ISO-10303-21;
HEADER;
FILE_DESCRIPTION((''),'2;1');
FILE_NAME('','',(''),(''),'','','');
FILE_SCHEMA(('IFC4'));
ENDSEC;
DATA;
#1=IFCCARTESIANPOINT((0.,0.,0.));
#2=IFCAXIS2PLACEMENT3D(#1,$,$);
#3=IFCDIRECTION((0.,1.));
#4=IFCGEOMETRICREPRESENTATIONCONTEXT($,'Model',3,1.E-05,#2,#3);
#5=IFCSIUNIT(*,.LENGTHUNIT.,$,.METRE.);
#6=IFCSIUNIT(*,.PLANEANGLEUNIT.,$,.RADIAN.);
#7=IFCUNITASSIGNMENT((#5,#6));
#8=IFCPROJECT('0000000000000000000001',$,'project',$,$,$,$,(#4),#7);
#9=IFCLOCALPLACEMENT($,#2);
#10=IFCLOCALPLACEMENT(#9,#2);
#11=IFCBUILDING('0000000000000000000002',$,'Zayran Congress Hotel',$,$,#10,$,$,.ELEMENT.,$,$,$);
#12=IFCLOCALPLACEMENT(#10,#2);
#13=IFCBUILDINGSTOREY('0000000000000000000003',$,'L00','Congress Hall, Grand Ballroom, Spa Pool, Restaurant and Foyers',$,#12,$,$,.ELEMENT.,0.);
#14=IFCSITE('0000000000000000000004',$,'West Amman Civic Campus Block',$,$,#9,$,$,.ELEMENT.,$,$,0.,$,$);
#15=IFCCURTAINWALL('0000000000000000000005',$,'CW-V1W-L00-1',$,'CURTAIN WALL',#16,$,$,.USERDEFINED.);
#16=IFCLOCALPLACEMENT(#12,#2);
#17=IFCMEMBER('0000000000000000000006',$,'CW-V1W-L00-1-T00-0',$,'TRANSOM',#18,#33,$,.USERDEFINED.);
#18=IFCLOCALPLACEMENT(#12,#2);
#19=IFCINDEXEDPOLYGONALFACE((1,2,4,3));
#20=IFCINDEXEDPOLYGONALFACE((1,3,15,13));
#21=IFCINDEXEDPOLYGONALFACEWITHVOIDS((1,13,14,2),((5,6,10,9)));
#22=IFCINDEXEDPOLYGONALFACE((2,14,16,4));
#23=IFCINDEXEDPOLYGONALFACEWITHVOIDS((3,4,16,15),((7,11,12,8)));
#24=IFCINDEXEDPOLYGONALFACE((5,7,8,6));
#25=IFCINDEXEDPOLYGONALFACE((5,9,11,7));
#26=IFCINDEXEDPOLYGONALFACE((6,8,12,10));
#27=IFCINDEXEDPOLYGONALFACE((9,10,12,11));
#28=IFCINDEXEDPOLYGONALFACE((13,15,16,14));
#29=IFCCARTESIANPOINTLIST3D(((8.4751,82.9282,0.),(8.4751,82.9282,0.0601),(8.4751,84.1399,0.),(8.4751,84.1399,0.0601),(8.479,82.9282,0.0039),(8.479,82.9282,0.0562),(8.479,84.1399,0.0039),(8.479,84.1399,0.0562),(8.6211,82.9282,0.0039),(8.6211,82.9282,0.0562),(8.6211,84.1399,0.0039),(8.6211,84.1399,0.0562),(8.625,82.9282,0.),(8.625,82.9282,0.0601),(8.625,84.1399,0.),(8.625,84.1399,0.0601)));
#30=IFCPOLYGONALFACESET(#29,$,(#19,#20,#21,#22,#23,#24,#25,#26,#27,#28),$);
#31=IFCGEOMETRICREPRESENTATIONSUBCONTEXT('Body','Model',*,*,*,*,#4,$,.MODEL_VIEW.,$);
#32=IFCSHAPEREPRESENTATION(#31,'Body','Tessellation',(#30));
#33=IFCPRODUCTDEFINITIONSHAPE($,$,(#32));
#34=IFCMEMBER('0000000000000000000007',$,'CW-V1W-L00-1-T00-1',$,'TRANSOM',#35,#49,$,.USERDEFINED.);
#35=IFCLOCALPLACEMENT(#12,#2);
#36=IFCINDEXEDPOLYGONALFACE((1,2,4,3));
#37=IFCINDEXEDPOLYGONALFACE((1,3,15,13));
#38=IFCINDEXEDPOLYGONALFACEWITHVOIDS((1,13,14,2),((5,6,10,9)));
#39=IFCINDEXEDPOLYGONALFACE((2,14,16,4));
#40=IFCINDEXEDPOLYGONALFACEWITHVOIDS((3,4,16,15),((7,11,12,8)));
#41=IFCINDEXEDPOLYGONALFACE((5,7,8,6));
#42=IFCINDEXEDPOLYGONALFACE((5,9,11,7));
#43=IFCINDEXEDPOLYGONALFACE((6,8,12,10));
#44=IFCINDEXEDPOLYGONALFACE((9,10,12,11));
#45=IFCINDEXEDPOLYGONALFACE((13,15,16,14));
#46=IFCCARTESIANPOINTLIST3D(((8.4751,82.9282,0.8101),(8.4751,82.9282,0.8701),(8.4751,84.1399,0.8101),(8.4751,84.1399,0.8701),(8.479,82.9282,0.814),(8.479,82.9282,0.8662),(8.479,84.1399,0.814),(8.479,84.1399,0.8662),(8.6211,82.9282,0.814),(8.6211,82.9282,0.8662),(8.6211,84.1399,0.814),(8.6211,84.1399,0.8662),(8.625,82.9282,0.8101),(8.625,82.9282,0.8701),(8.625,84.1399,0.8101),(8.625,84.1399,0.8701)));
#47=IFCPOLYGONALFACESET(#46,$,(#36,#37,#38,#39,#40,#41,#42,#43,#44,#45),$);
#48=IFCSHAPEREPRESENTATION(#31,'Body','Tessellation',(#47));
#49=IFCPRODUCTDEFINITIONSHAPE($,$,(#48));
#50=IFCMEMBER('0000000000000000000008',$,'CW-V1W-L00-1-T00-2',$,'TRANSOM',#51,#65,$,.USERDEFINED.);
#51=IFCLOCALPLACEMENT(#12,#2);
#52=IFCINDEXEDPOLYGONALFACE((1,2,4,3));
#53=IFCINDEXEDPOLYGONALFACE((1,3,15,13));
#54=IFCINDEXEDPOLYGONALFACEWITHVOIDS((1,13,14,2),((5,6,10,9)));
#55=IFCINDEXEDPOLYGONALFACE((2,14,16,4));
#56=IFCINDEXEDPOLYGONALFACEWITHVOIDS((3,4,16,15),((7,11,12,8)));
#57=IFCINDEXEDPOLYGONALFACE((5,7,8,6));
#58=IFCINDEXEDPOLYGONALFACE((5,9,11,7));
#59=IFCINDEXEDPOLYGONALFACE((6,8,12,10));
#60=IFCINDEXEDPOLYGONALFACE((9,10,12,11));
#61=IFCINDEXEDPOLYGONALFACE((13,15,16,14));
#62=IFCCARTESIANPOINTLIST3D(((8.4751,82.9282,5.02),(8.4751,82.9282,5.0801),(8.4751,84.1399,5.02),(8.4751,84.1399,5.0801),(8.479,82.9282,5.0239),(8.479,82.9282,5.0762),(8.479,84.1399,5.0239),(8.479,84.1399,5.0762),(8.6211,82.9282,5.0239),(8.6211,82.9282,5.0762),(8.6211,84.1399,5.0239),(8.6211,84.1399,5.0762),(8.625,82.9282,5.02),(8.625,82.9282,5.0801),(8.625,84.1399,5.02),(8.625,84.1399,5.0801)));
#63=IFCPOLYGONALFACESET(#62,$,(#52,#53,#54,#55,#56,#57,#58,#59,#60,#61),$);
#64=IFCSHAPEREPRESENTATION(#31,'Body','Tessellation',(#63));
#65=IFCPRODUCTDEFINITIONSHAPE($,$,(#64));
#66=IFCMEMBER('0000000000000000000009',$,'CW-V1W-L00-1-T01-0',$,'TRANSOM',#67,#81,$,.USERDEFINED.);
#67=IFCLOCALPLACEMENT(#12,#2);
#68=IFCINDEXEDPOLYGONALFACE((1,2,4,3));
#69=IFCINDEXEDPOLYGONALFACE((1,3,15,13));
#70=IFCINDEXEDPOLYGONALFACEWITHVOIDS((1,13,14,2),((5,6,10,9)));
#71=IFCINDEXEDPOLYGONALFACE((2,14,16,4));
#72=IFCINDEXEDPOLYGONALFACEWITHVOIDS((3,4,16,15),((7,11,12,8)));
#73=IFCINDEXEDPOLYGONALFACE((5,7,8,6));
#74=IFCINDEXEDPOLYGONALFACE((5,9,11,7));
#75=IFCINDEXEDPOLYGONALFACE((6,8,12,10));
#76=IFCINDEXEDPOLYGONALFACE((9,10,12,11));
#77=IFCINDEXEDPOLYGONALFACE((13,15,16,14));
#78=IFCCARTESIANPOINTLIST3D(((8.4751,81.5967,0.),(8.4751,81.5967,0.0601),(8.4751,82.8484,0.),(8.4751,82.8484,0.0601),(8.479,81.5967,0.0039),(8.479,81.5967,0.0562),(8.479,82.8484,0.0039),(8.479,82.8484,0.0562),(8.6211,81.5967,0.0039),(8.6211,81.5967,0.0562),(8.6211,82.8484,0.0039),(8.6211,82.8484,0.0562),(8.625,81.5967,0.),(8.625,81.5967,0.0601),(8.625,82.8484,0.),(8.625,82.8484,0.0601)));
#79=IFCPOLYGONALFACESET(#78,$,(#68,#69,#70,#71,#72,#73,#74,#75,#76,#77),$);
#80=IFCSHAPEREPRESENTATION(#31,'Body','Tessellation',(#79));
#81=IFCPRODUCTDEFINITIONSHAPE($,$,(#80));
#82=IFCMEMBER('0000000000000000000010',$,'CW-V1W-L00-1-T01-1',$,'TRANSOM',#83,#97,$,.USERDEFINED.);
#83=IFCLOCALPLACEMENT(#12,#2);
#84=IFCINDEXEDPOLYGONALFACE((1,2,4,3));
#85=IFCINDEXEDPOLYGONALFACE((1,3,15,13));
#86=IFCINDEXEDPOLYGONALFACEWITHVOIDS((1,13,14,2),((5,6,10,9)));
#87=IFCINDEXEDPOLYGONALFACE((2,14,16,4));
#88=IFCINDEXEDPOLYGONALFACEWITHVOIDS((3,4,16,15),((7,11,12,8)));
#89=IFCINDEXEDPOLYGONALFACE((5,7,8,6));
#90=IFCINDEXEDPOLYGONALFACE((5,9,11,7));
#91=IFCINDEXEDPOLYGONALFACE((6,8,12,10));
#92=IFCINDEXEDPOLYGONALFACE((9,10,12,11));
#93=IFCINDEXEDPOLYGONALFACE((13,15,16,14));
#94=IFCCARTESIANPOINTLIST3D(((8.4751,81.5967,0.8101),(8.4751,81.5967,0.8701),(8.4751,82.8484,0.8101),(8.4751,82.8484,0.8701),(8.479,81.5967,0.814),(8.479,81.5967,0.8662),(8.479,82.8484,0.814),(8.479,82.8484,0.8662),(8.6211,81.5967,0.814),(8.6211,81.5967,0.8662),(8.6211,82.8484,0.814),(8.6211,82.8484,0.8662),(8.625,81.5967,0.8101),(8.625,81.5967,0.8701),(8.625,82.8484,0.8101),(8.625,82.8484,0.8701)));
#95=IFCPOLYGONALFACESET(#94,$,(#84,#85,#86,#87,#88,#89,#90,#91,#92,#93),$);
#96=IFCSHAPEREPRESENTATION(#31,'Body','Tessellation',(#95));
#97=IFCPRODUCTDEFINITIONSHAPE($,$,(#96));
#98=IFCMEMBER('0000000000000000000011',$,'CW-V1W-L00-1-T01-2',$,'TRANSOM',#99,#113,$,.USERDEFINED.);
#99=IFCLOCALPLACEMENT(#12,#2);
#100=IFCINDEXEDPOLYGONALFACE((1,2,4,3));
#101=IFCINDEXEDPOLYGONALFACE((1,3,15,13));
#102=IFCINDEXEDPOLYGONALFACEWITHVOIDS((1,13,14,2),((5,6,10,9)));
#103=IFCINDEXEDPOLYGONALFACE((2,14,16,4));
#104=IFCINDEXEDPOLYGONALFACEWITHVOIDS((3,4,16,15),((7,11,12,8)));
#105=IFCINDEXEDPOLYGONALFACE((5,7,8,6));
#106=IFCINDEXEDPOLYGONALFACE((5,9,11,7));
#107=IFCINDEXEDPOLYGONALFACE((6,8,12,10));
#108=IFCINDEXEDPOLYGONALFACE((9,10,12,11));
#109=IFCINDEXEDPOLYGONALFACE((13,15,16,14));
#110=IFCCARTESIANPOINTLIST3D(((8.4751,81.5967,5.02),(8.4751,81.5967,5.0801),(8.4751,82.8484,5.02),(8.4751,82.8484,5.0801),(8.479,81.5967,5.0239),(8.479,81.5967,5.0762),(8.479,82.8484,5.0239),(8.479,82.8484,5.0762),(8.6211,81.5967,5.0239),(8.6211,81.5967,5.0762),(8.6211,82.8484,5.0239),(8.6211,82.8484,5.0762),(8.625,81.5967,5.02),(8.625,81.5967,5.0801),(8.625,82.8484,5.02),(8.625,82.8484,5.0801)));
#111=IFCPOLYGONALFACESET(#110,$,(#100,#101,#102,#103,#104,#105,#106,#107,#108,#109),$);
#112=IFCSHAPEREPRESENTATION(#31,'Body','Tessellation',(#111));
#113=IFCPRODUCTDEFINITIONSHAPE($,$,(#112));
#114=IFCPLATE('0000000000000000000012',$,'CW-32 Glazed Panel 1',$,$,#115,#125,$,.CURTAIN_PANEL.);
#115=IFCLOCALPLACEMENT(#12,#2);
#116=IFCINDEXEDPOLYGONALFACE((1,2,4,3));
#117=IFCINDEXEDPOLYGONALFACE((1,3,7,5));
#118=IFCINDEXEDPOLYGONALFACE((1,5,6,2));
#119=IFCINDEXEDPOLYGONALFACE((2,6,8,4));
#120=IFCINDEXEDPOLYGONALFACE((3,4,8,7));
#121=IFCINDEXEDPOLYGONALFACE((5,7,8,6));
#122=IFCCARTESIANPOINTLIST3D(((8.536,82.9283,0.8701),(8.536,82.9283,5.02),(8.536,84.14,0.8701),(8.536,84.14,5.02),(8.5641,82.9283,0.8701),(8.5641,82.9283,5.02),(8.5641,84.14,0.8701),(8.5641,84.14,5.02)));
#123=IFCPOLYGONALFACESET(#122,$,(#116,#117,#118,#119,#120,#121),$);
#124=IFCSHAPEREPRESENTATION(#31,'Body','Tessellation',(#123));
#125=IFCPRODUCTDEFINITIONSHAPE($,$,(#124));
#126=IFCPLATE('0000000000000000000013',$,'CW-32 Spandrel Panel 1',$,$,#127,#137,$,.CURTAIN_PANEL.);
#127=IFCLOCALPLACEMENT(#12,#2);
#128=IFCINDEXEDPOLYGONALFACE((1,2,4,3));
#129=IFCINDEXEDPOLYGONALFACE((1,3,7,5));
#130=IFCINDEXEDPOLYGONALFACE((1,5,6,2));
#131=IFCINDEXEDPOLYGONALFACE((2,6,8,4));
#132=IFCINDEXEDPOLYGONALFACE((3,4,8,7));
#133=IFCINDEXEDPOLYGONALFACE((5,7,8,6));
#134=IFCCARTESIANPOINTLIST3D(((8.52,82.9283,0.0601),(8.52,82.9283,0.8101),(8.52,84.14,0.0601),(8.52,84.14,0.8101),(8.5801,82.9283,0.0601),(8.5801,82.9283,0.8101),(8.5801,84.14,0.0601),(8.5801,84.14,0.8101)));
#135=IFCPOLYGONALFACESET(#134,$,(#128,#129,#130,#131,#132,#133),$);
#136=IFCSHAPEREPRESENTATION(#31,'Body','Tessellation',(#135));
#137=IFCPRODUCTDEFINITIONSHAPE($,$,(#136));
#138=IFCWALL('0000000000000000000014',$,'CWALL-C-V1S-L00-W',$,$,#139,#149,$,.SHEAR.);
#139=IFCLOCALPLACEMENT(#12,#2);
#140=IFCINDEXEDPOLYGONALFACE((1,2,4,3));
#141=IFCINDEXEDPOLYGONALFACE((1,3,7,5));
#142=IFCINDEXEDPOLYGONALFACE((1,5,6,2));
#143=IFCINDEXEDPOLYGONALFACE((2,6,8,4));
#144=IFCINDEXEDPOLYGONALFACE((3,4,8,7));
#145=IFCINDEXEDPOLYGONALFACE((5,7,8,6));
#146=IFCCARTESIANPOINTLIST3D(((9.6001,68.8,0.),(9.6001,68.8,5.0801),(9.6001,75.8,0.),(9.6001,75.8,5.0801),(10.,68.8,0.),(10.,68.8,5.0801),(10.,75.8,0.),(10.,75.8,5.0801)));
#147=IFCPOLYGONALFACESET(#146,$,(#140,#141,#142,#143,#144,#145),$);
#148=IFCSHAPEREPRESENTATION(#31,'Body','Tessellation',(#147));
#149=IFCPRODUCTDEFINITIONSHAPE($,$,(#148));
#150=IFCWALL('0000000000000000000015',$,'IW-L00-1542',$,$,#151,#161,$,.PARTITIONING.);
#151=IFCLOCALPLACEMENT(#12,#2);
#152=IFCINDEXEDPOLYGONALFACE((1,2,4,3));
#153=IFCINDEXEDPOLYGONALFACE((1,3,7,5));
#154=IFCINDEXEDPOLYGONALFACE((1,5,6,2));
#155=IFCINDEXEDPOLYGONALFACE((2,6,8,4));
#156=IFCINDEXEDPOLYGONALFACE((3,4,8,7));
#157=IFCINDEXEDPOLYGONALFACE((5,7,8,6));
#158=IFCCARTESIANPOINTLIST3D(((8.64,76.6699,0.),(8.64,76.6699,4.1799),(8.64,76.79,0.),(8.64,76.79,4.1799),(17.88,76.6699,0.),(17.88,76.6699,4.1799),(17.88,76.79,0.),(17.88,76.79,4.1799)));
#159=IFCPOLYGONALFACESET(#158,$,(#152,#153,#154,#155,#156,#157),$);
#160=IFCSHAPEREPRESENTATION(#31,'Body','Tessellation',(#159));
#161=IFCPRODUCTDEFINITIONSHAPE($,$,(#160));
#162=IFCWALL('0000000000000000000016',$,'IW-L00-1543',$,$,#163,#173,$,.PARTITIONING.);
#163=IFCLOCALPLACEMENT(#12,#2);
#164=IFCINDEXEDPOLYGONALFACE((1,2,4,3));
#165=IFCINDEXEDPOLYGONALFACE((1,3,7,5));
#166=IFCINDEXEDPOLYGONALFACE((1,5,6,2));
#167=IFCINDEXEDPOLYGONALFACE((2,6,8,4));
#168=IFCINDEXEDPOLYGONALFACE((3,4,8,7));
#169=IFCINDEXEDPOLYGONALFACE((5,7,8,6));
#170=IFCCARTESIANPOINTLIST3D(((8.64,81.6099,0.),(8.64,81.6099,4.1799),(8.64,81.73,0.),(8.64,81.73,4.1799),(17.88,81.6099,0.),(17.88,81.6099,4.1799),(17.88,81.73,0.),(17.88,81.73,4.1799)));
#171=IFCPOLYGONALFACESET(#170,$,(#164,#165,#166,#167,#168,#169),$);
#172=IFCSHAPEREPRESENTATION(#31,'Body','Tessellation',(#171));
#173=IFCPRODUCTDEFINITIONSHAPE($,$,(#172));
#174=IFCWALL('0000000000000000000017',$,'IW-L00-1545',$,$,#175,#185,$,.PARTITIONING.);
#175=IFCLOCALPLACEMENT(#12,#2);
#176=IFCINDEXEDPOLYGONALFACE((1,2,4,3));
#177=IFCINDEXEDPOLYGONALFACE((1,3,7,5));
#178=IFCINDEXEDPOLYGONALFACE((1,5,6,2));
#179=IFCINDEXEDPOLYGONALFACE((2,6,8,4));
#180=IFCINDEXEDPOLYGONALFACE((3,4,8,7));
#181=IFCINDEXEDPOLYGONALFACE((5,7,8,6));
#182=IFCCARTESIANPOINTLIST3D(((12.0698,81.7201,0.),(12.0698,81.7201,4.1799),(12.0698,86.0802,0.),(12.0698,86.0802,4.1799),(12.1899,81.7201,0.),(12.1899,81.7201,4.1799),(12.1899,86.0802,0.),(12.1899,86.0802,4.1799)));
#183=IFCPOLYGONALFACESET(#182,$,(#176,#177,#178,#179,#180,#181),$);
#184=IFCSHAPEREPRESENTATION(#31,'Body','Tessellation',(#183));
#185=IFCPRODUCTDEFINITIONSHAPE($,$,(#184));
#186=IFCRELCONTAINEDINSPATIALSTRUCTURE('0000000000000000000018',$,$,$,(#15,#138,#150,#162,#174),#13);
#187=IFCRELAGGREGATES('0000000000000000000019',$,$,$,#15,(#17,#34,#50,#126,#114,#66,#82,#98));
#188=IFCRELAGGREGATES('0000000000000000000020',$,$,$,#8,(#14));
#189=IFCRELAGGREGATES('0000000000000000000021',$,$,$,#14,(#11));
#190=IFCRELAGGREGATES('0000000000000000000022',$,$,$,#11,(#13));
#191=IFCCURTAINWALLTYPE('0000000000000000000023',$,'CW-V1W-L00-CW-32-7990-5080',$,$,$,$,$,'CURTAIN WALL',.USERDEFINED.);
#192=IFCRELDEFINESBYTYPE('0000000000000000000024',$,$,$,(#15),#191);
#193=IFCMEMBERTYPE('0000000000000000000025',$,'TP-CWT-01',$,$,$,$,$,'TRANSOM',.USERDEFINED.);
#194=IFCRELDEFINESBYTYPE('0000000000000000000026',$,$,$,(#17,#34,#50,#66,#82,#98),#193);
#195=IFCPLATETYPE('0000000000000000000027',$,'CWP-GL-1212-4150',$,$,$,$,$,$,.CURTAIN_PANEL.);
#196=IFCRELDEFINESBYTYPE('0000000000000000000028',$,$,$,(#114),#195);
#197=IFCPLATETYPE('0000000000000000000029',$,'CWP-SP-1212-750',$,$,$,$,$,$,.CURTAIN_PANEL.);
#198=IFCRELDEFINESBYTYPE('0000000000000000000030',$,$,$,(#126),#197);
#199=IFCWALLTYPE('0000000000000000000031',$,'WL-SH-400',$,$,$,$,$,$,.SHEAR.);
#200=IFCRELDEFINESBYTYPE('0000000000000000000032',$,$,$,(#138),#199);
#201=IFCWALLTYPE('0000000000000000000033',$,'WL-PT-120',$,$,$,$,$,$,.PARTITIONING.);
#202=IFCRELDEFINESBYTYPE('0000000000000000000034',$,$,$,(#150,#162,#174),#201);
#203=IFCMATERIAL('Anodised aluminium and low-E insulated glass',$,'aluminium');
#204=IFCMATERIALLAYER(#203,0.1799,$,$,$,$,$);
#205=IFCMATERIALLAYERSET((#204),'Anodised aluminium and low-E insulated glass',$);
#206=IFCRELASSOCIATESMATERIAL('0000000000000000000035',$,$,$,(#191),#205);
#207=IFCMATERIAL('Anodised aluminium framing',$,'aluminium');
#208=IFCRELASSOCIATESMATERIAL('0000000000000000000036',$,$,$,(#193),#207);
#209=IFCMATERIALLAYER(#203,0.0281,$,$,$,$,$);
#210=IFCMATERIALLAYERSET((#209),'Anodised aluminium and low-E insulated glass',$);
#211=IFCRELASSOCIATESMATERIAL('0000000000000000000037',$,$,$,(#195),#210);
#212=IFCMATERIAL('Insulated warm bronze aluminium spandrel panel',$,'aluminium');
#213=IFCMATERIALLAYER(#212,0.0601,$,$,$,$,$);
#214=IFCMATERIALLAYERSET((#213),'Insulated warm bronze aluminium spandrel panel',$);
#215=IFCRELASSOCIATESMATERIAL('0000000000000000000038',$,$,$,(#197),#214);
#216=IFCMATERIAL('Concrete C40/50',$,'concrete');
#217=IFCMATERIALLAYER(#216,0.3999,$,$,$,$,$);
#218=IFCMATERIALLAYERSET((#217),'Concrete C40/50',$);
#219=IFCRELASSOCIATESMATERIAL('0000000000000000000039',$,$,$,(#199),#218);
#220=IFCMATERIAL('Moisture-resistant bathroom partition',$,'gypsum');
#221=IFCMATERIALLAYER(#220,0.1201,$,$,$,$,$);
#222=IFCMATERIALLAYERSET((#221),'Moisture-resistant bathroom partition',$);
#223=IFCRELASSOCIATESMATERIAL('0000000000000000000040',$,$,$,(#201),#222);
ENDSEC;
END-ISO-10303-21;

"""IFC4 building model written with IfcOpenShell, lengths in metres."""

from ifc_helpers import new_model, si_unit, direction, frame, frame_2d, origin, origin_2d, place, context, subcontext, project, spatial, rectangle, hollow_rectangle, extrude, material, layer, layer_set, material_profile, profile_set, type_object, element, aggregate, save


model = new_model("IFC4")

# Units and contexts
model_context = context("Model", 3, precision=1e-05, world=origin(), true_north=direction((0.0, 1.0)))
body_context = subcontext(model_context, "Body", "Model", "MODEL_VIEW")
ifc_project = project(units=[si_unit("LENGTHUNIT", "METRE"), si_unit("PLANEANGLEUNIT", "RADIAN")], contexts=[model_context])

# Site, building, storey
site_placement = place(None, origin())
site = spatial("IfcSite", under=ifc_project, at=site_placement, Name="West Amman Civic Campus Block", CompositionType="ELEMENT", RefElevation=0.0)
building_placement = place(site_placement, origin())
building = spatial("IfcBuilding", under=site, at=building_placement, Name="Zayran Congress Hotel", CompositionType="ELEMENT")
storey_placement = place(building_placement, origin())
storey = spatial("IfcBuildingStorey", under=building, at=storey_placement, Name="L00", Description="Congress Hall, Grand Ballroom, Spa Pool, Restaurant and Foyers", CompositionType="ELEMENT", Elevation=0.0)

# Shared definitions
ifc_material_1 = material(Name="Concrete C40/50", Category="concrete")

# Curtain wall
ifc_material_2 = material(Name="Anodised aluminium and low-E insulated glass", Category="aluminium")
ifc_layer_1 = layer(ifc_material_2, 0.1799)
ifc_layer_set_1 = layer_set([ifc_layer_1], Name="Anodised aluminium and low-E insulated glass")
curtain_wall_type_1 = type_object("IfcCurtainWallType", Name="CW-V1W-L00-CW-32-7990-5080", ElementType="CURTAIN WALL", PredefinedType="USERDEFINED", material=ifc_layer_set_1)
curtain_wall_1_placement = place(storey_placement, origin())
curtain_wall_1 = element("IfcCurtainWall", 1, at=curtain_wall_1_placement, inside=storey, type_object=curtain_wall_type_1, Name="CW-V1W-L00-1", ObjectType="CURTAIN WALL", PredefinedType="USERDEFINED")
ifc_material_3 = material(Name="Anodised aluminium framing", Category="aluminium")

# Members
ifc_material_profile_1 = material_profile(ifc_material_3, hollow_rectangle(XDim=0.0601, YDim=0.1499, WallThickness=0.0039, at=origin_2d()), Name="RHS 150x60x4")
ifc_profile_set_1 = profile_set([ifc_material_profile_1], Name="Anodised aluminium framing")
member_type_1 = type_object("IfcMemberType", Name="TP-CWT-01", ElementType="TRANSOM", PredefinedType="USERDEFINED", material=ifc_profile_set_1)
member_1_placement = place(storey_placement, frame((8.55, 84.1399, 0.03), z_axis=(0.0, -1.0, 0.0), x_axis=(0.0, 0.0, 1.0)))
member_1 = element("IfcMember", 2, at=member_1_placement, type_object=member_type_1, Name="CW-V1W-L00-1-T00-0", ObjectType="TRANSOM", PredefinedType="USERDEFINED", context=body_context, shape_type="SweptSolid", body=[
    extrude(hollow_rectangle(XDim=0.0601, YDim=0.1499, WallThickness=0.0039, at=origin_2d()), origin(), (0.0, 0.0, 1.0), 1.2117),
])
member_2_placement = place(storey_placement, frame((8.55, 84.1399, 0.8401), z_axis=(0.0, -1.0, 0.0), x_axis=(0.0, 0.0, 1.0)))
member_2 = element("IfcMember", 3, at=member_2_placement, type_object=member_type_1, Name="CW-V1W-L00-1-T00-1", ObjectType="TRANSOM", PredefinedType="USERDEFINED", context=body_context, shape_type="SweptSolid", body=[
    extrude(hollow_rectangle(XDim=0.0601, YDim=0.1499, WallThickness=0.0039, at=origin_2d()), origin(), (0.0, 0.0, 1.0), 1.2117),
])
member_3_placement = place(storey_placement, frame((8.55, 84.1399, 5.05), z_axis=(0.0, -1.0, 0.0), x_axis=(0.0, 0.0, 1.0)))
member_3 = element("IfcMember", 4, at=member_3_placement, type_object=member_type_1, Name="CW-V1W-L00-1-T00-2", ObjectType="TRANSOM", PredefinedType="USERDEFINED", context=body_context, shape_type="SweptSolid", body=[
    extrude(hollow_rectangle(XDim=0.0601, YDim=0.1499, WallThickness=0.0039, at=origin_2d()), origin(), (0.0, 0.0, 1.0), 1.2117),
])
member_4_placement = place(storey_placement, frame((8.55, 82.8484, 0.03), z_axis=(0.0, -1.0, 0.0), x_axis=(0.0, 0.0, 1.0)))
member_4 = element("IfcMember", 5, at=member_4_placement, type_object=member_type_1, Name="CW-V1W-L00-1-T01-0", ObjectType="TRANSOM", PredefinedType="USERDEFINED", context=body_context, shape_type="SweptSolid", body=[
    extrude(hollow_rectangle(XDim=0.0601, YDim=0.1499, WallThickness=0.0039, at=origin_2d()), origin(), (0.0, 0.0, 1.0), 1.2517),
])
member_5_placement = place(storey_placement, frame((8.55, 82.8484, 0.8401), z_axis=(0.0, -1.0, 0.0), x_axis=(0.0, 0.0, 1.0)))
member_5 = element("IfcMember", 6, at=member_5_placement, type_object=member_type_1, Name="CW-V1W-L00-1-T01-1", ObjectType="TRANSOM", PredefinedType="USERDEFINED", context=body_context, shape_type="SweptSolid", body=[
    extrude(hollow_rectangle(XDim=0.0601, YDim=0.1499, WallThickness=0.0039, at=origin_2d()), origin(), (0.0, 0.0, 1.0), 1.2517),
])
member_6_placement = place(storey_placement, frame((8.55, 82.8484, 5.05), z_axis=(0.0, -1.0, 0.0), x_axis=(0.0, 0.0, 1.0)))
member_6 = element("IfcMember", 7, at=member_6_placement, type_object=member_type_1, Name="CW-V1W-L00-1-T01-2", ObjectType="TRANSOM", PredefinedType="USERDEFINED", context=body_context, shape_type="SweptSolid", body=[
    extrude(hollow_rectangle(XDim=0.0601, YDim=0.1499, WallThickness=0.0039, at=origin_2d()), origin(), (0.0, 0.0, 1.0), 1.2517),
])

# Plates
ifc_layer_2 = layer(ifc_material_2, 0.0281)
ifc_layer_set_2 = layer_set([ifc_layer_2], Name="Anodised aluminium and low-E insulated glass")
plate_type_1 = type_object("IfcPlateType", Name="CWP-GL-1212-4150", PredefinedType="CURTAIN_PANEL", material=ifc_layer_set_2)
plate_1_placement = place(storey_placement, frame((8.55, 83.5342, 0.8701), z_axis=(0.0, 0.0, 1.0), x_axis=(0.0, 1.0, 0.0)))
plate_1 = element("IfcPlate", 8, at=plate_1_placement, type_object=plate_type_1, Name="CW-32 Glazed Panel 1", PredefinedType="CURTAIN_PANEL", context=body_context, shape_type="SweptSolid", body=[
    extrude(rectangle(XDim=1.2117, YDim=0.0281, at=origin_2d()), origin(), (0.0, 0.0, 1.0), 4.1499),
])
ifc_material_4 = material(Name="Insulated warm bronze aluminium spandrel panel", Category="aluminium")
ifc_layer_3 = layer(ifc_material_4, 0.0601)
ifc_layer_set_3 = layer_set([ifc_layer_3], Name="Insulated warm bronze aluminium spandrel panel")
plate_type_2 = type_object("IfcPlateType", Name="CWP-SP-1212-750", PredefinedType="CURTAIN_PANEL", material=ifc_layer_set_3)
plate_2_placement = place(storey_placement, frame((8.55, 83.5342, 0.0601), z_axis=(0.0, 0.0, 1.0), x_axis=(0.0, 1.0, 0.0)))
plate_2 = element("IfcPlate", 9, at=plate_2_placement, type_object=plate_type_2, Name="CW-32 Spandrel Panel 1", PredefinedType="CURTAIN_PANEL", context=body_context, shape_type="SweptSolid", body=[
    extrude(rectangle(XDim=1.2117, YDim=0.0601, at=origin_2d()), origin(), (0.0, 0.0, 1.0), 0.75),
])
aggregate(curtain_wall_1, [member_1, member_2, member_3, plate_2, plate_1, member_4, member_5, member_6])

# Walls
ifc_layer_4 = layer(ifc_material_1, 0.3999)
ifc_layer_set_4 = layer_set([ifc_layer_4], Name="Concrete C40/50")
wall_type_1 = type_object("IfcWallType", Name="WL-SH-400", PredefinedType="SHEAR", material=ifc_layer_set_4)
wall_1_placement = place(storey_placement, frame((9.8, 75.8, 0.0), z_axis=(0.0, 0.0, 1.0), x_axis=(0.0, -1.0, 0.0)))
element("IfcWall", 10, at=wall_1_placement, inside=storey, type_object=wall_type_1, Name="CWALL-C-V1S-L00-W", PredefinedType="SHEAR", context=body_context, shape_type="SweptSolid", body=[
    extrude(rectangle(XDim=7.0, YDim=0.3999, at=frame_2d((3.5, 0.0))), origin(), (0.0, 0.0, 1.0), 5.0801),
])
ifc_material_5 = material(Name="Moisture-resistant bathroom partition", Category="gypsum")
ifc_layer_5 = layer(ifc_material_5, 0.1201)
ifc_layer_set_5 = layer_set([ifc_layer_5], Name="Moisture-resistant bathroom partition")
wall_type_2 = type_object("IfcWallType", Name="WL-PT-120", PredefinedType="PARTITIONING", material=ifc_layer_set_5)
for number, where, z_axis, x_axis, name in (
    (11, (8.6399, 76.73, 0.0), (0.0, 0.0, 1.0), (1.0, 0.0, 0.0), "IW-L00-1542"),
    (12, (8.6399, 81.6699, 0.0), (0.0, 0.0, 1.0), (1.0, 0.0, 0.0), "IW-L00-1543"),
):
    element("IfcWall", number, at=place(storey_placement, frame(where, z_axis=z_axis, x_axis=x_axis)), inside=storey, type_object=wall_type_2, Name=name, PredefinedType="PARTITIONING", context=body_context, shape_type="SweptSolid", body=[
        extrude(rectangle(XDim=9.24, YDim=0.1201, at=frame_2d((4.6201, 0.0))), origin(), (0.0, 0.0, 1.0), 4.1799),
    ])
wall_2_placement = place(storey_placement, frame((12.1299, 81.72, 0.0), z_axis=(0.0, 0.0, 1.0), x_axis=(0.0, 1.0, 0.0)))
element("IfcWall", 13, at=wall_2_placement, inside=storey, type_object=wall_type_2, Name="IW-L00-1545", PredefinedType="PARTITIONING", context=body_context, shape_type="SweptSolid", body=[
    extrude(rectangle(XDim=4.3601, YDim=0.1201, at=frame_2d((2.1802, 0.0))), origin(), (0.0, 0.0, 1.0), 4.1799),
])

save(model, "model.ifc")
